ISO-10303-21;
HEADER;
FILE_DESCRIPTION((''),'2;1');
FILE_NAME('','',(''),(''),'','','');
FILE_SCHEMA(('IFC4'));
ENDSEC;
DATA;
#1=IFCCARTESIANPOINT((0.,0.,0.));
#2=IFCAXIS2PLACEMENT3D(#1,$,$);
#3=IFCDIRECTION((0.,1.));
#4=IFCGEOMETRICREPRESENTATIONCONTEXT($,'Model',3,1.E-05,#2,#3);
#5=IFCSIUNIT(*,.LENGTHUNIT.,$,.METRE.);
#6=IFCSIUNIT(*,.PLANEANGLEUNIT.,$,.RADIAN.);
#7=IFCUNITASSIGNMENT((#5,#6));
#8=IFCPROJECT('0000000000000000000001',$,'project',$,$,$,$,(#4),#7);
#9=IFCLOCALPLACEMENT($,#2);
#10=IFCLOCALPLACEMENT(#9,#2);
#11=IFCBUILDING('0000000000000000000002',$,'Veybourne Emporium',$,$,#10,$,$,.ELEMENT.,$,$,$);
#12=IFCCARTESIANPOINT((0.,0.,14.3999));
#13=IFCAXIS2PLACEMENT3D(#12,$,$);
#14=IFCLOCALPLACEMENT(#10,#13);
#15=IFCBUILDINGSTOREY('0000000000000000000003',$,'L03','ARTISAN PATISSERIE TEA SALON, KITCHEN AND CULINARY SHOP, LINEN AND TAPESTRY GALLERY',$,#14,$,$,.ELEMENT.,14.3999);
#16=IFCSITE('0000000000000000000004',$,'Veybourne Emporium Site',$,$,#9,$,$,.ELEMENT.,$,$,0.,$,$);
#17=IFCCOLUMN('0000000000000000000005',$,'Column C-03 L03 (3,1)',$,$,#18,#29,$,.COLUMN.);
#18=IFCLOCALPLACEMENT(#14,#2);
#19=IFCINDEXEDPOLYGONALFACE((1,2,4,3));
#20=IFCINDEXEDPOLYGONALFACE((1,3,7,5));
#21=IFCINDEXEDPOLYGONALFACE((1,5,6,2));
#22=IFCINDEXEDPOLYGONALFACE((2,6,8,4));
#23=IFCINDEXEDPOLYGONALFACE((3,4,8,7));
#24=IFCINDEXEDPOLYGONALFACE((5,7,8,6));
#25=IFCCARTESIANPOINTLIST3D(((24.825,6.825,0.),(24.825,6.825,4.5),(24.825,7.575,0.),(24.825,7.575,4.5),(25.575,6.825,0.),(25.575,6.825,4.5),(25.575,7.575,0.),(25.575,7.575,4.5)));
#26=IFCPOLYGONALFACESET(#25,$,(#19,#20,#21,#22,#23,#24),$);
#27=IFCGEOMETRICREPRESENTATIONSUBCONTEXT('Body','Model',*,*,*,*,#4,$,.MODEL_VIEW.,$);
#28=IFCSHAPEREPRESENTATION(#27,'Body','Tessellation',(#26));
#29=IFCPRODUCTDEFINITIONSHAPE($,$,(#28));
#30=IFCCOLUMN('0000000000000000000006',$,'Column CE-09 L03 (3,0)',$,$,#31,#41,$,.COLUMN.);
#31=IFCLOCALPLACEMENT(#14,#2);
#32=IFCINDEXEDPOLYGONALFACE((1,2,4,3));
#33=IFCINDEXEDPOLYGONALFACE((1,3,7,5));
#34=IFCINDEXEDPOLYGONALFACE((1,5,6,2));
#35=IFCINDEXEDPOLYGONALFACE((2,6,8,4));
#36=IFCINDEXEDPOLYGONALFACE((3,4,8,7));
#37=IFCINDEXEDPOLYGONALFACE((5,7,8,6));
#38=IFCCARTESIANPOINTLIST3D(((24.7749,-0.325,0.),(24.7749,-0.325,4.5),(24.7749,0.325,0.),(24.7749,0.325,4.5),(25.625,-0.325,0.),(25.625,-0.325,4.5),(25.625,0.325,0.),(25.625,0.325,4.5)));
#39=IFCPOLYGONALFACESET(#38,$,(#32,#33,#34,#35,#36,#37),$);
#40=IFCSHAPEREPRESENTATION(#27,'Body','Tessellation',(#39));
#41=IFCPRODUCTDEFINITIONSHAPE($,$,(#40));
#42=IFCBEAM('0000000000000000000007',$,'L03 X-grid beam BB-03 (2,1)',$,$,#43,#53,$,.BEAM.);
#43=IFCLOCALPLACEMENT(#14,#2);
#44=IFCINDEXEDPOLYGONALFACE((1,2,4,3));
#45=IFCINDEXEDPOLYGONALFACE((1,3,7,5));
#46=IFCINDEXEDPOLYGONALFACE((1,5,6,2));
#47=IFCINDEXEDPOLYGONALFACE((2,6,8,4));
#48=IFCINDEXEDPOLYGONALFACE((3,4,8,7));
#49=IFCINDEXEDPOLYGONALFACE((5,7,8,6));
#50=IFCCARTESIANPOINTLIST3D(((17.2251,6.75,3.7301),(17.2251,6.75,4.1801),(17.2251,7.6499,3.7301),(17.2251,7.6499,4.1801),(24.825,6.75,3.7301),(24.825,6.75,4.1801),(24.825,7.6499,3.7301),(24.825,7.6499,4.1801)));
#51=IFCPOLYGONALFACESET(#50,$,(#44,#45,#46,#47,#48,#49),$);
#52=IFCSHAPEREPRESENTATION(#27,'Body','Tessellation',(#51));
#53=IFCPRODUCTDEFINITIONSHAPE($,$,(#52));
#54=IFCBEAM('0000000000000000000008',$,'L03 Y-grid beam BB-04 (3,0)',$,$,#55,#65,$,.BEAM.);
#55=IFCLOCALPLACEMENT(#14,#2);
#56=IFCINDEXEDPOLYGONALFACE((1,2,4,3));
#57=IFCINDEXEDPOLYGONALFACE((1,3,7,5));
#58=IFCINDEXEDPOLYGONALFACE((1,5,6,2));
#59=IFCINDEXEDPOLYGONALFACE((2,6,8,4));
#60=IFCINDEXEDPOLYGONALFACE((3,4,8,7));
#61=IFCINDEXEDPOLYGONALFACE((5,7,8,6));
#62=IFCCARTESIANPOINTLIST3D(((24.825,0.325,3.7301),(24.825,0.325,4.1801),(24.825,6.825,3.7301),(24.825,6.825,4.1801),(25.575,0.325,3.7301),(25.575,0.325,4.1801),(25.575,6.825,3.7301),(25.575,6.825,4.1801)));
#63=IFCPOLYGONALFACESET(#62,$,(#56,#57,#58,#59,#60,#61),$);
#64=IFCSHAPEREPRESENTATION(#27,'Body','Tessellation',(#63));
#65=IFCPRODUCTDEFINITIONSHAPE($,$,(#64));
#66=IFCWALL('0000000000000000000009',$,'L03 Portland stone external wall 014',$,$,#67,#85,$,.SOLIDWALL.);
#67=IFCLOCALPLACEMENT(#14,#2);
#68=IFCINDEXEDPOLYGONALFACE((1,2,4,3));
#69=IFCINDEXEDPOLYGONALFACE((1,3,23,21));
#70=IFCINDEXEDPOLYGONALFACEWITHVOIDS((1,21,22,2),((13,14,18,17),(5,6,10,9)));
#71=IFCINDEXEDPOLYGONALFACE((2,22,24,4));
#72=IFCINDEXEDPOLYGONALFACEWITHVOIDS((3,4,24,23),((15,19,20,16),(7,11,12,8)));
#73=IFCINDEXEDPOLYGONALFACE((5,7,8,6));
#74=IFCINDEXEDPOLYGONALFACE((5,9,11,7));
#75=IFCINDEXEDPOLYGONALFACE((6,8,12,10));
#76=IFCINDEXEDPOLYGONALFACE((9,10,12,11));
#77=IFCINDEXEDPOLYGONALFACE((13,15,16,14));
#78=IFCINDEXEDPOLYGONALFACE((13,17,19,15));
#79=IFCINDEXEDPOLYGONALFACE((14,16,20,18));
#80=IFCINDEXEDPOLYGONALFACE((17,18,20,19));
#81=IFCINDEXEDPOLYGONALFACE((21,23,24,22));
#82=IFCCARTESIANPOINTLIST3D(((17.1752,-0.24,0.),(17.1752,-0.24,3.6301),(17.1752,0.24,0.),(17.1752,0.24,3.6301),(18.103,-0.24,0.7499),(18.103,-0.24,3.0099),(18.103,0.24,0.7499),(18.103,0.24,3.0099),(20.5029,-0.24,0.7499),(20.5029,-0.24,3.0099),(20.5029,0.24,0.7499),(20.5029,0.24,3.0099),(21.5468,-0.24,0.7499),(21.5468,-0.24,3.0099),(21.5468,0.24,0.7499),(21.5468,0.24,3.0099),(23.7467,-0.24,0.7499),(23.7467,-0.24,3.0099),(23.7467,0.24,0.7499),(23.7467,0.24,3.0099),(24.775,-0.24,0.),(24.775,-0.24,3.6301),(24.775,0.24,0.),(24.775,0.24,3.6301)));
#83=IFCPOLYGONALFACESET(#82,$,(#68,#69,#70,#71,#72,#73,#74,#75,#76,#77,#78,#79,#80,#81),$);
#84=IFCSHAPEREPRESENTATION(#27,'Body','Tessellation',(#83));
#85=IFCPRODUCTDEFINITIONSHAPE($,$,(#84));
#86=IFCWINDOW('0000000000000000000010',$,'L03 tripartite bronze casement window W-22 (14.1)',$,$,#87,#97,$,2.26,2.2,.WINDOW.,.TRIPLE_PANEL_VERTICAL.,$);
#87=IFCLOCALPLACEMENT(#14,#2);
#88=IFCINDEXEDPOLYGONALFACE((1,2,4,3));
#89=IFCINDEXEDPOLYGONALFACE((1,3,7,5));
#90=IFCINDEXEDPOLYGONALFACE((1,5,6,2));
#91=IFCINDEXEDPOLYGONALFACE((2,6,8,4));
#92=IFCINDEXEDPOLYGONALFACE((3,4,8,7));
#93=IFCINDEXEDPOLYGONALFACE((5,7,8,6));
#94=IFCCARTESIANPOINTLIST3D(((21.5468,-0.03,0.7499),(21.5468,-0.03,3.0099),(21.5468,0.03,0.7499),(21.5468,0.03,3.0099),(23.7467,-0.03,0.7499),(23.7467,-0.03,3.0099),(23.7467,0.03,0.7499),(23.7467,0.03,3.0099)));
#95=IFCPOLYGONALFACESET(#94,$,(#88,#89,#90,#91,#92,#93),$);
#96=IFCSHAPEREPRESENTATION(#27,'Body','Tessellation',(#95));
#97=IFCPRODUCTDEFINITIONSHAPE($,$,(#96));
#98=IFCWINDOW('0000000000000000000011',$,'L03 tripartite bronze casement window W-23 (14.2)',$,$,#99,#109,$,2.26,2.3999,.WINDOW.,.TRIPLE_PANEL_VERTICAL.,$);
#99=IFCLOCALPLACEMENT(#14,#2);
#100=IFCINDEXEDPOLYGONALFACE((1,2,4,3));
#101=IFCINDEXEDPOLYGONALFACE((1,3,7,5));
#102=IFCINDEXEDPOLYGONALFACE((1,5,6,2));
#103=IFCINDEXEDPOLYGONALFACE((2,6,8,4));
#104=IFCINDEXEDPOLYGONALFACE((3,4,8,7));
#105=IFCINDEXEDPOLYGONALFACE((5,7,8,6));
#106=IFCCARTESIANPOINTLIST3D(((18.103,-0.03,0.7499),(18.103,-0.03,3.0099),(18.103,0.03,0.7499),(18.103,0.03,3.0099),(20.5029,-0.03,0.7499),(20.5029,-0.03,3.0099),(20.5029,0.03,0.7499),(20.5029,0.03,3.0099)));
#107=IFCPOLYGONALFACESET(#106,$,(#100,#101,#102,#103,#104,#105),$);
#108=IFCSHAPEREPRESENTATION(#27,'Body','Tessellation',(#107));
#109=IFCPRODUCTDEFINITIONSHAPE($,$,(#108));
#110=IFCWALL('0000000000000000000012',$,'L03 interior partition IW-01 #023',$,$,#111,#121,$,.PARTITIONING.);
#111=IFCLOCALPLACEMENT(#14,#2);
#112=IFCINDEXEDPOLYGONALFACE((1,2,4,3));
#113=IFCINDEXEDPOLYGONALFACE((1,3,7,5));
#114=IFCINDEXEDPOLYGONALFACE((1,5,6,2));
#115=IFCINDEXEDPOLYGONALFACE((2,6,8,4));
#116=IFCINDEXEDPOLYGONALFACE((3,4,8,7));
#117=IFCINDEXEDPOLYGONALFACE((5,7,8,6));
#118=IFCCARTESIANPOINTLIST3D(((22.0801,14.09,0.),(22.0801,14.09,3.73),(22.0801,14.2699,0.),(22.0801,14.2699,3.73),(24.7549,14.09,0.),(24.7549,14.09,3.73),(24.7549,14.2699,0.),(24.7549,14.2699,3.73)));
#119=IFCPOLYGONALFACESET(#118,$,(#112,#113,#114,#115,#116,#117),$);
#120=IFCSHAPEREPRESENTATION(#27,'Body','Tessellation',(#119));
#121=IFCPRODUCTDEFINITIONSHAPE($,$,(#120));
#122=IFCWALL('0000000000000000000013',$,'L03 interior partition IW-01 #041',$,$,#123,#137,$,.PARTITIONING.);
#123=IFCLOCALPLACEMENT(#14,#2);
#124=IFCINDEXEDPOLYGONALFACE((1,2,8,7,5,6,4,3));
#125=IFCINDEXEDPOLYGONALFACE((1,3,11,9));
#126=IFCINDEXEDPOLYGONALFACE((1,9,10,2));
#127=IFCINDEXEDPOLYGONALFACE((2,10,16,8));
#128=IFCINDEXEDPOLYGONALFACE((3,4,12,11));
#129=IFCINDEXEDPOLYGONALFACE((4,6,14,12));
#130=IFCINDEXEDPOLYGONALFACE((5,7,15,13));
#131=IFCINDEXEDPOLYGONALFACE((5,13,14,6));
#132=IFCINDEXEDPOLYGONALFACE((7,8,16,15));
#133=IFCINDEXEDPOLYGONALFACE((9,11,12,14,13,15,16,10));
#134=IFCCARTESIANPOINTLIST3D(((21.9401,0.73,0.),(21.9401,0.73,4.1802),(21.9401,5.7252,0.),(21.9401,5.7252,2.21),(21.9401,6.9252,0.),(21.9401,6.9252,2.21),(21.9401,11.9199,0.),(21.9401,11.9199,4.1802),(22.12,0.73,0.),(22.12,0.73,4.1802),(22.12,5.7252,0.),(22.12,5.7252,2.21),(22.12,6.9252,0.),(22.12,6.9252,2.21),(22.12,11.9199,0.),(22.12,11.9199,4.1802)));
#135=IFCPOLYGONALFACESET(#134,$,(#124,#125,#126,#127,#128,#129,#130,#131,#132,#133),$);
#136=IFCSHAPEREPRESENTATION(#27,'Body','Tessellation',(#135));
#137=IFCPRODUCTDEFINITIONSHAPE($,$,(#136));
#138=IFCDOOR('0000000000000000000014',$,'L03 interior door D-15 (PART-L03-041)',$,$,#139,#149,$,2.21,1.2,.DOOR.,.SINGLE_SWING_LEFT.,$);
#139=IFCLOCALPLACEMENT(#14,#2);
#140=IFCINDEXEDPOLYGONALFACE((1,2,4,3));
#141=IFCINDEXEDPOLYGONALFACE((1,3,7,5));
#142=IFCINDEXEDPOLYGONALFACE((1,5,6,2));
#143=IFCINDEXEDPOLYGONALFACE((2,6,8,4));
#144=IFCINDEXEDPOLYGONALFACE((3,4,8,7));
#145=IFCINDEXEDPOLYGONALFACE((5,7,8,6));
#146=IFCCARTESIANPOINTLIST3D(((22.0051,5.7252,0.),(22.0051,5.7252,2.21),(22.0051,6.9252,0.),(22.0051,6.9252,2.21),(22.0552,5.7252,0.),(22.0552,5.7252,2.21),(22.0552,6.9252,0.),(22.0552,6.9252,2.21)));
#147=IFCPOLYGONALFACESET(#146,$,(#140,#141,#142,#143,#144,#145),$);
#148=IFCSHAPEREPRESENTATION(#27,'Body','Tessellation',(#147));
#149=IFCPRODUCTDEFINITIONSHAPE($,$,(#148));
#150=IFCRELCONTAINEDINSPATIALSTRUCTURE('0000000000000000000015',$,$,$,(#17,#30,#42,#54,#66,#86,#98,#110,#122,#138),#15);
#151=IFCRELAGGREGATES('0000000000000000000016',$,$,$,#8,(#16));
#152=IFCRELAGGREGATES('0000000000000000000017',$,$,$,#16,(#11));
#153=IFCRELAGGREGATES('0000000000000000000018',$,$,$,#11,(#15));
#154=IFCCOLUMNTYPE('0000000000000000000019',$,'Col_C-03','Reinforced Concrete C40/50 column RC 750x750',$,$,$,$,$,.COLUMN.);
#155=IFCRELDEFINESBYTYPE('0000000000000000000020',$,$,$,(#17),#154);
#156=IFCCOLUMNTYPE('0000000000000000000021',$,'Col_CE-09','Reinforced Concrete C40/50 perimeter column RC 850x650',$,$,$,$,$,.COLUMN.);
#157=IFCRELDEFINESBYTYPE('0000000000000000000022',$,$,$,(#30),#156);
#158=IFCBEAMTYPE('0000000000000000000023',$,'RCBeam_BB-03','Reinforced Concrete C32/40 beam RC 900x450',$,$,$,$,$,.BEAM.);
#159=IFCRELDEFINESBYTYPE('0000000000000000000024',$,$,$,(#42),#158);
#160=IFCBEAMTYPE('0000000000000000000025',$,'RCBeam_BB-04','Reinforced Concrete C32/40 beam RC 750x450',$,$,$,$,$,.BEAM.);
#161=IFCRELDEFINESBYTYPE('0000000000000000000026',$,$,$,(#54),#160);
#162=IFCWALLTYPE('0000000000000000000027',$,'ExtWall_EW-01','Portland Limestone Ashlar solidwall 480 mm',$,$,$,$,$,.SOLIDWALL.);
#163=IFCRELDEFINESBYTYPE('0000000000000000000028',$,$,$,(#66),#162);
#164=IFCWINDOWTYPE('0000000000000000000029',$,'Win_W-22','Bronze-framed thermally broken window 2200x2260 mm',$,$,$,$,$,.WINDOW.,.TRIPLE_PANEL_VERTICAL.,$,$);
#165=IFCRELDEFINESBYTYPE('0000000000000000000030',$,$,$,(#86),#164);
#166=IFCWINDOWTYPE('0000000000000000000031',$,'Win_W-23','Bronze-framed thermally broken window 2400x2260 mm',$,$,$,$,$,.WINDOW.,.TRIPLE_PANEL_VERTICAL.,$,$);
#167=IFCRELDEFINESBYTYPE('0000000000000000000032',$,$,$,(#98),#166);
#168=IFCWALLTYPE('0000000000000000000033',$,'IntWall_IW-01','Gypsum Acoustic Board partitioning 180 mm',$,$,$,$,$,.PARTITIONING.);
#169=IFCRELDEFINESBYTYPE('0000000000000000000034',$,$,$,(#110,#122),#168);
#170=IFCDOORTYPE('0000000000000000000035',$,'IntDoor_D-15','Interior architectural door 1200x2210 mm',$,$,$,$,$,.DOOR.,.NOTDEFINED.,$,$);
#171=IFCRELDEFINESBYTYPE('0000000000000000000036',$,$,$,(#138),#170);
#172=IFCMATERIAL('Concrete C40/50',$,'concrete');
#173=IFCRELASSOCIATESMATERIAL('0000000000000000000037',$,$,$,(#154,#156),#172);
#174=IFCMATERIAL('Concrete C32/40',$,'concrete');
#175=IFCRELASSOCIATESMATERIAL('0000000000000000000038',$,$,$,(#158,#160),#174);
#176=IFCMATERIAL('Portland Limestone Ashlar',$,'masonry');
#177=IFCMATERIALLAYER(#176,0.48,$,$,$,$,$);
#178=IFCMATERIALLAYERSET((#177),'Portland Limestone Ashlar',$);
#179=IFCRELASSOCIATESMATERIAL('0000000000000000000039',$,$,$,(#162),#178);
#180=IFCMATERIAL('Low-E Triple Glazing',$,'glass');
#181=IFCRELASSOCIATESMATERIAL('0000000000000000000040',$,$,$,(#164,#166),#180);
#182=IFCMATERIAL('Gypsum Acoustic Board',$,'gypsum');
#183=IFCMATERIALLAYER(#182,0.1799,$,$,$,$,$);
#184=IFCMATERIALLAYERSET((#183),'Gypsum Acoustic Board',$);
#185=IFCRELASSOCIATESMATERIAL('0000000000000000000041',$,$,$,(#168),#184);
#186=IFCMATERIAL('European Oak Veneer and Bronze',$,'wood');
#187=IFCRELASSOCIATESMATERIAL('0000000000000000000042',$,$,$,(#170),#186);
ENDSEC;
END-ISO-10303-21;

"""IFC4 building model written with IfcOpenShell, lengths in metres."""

from ifc_helpers import new_model, si_unit, direction, frame, frame_2d, origin, origin_2d, place, context, subcontext, project, spatial, rectangle, extrude, material, layer, layer_set, material_profile, profile_set, type_object, element, fill, save


model = new_model("IFC4")

# Units and contexts
model_context = context("Model", 3, precision=1e-05, world=origin(), true_north=direction((0.0, 1.0)))
body_context = subcontext(model_context, "Body", "Model", "MODEL_VIEW")
ifc_project = project(units=[si_unit("LENGTHUNIT", "METRE"), si_unit("PLANEANGLEUNIT", "RADIAN")], contexts=[model_context])

# Site, building, storey
site_placement = place(None, origin())
site = spatial("IfcSite", under=ifc_project, at=site_placement, Name="Veybourne Emporium Site", CompositionType="ELEMENT", RefElevation=0.0)
building_placement = place(site_placement, origin())
building = spatial("IfcBuilding", under=site, at=building_placement, Name="Veybourne Emporium", CompositionType="ELEMENT")
storey_placement = place(building_placement, frame((0.0, 0.0, 14.3999)))
storey = spatial("IfcBuildingStorey", under=building, at=storey_placement, Name="L03", Description="ARTISAN PATISSERIE TEA SALON, KITCHEN AND CULINARY SHOP, LINEN AND TAPESTRY GALLERY", CompositionType="ELEMENT", Elevation=14.3999)

# Columns
ifc_material_1 = material(Name="Concrete C40/50", Category="concrete")
ifc_material_profile_1 = material_profile(ifc_material_1, rectangle(XDim=0.75, YDim=0.75, at=origin_2d()), Name="RC 750x750")
ifc_profile_set_1 = profile_set([ifc_material_profile_1], Name="Concrete C40/50")
column_type_1 = type_object("IfcColumnType", Name="Col_C-03", Description="Reinforced Concrete C40/50 column RC 750x750", PredefinedType="COLUMN", material=ifc_profile_set_1)
column_1_placement = place(storey_placement, frame((25.2, 7.2, 0.0), z_axis=(0.0, 0.0, 1.0), x_axis=(1.0, 0.0, 0.0)))
element("IfcColumn", 1, at=column_1_placement, inside=storey, type_object=column_type_1, Name="Column C-03 L03 (3,1)", PredefinedType="COLUMN", context=body_context, shape_type="SweptSolid", body=[
    extrude(rectangle(XDim=0.75, YDim=0.75, at=origin_2d()), origin(), (0.0, 0.0, 1.0), 4.5),
])
ifc_material_profile_2 = material_profile(ifc_material_1, rectangle(XDim=0.8501, YDim=0.6499, at=origin_2d()), Name="RC 850x650")
ifc_profile_set_2 = profile_set([ifc_material_profile_2], Name="Concrete C40/50")
column_type_2 = type_object("IfcColumnType", Name="Col_CE-09", Description="Reinforced Concrete C40/50 perimeter column RC 850x650", PredefinedType="COLUMN", material=ifc_profile_set_2)
column_2_placement = place(storey_placement, frame((25.2, 0.0, 0.0), z_axis=(0.0, 0.0, 1.0), x_axis=(1.0, 0.0, 0.0)))
element("IfcColumn", 2, at=column_2_placement, inside=storey, type_object=column_type_2, Name="Column CE-09 L03 (3,0)", PredefinedType="COLUMN", context=body_context, shape_type="SweptSolid", body=[
    extrude(rectangle(XDim=0.8501, YDim=0.6499, at=origin_2d()), origin(), (0.0, 0.0, 1.0), 4.5),
])

# Beams
ifc_material_2 = material(Name="Concrete C32/40", Category="concrete")
ifc_material_profile_3 = material_profile(ifc_material_2, rectangle(XDim=0.8999, YDim=0.45, at=origin_2d()), Name="RC 900x450")
ifc_profile_set_3 = profile_set([ifc_material_profile_3], Name="Concrete C32/40")
beam_type_1 = type_object("IfcBeamType", Name="RCBeam_BB-03", Description="Reinforced Concrete C32/40 beam RC 900x450", PredefinedType="BEAM", material=ifc_profile_set_3)
beam_1_placement = place(storey_placement, frame((17.2251, 7.2, 3.9551), z_axis=(1.0, 0.0, 0.0), x_axis=(0.0, 1.0, 0.0)))
element("IfcBeam", 3, at=beam_1_placement, inside=storey, type_object=beam_type_1, Name="L03 X-grid beam BB-03 (2,1)", PredefinedType="BEAM", context=body_context, shape_type="SweptSolid", body=[
    extrude(rectangle(XDim=0.8999, YDim=0.45, at=origin_2d()), origin(), (0.0, 0.0, 1.0), 7.5999),
])
ifc_material_profile_4 = material_profile(ifc_material_2, rectangle(XDim=0.75, YDim=0.45, at=origin_2d()), Name="RC 750x450")
ifc_profile_set_4 = profile_set([ifc_material_profile_4], Name="Concrete C32/40")
beam_type_2 = type_object("IfcBeamType", Name="RCBeam_BB-04", Description="Reinforced Concrete C32/40 beam RC 750x450", PredefinedType="BEAM", material=ifc_profile_set_4)
beam_2_placement = place(storey_placement, frame((25.2, 0.325, 3.9551), z_axis=(0.0, 1.0, 0.0), x_axis=(-1.0, 0.0, 0.0)))
element("IfcBeam", 4, at=beam_2_placement, inside=storey, type_object=beam_type_2, Name="L03 Y-grid beam BB-04 (3,0)", PredefinedType="BEAM", context=body_context, shape_type="SweptSolid", body=[
    extrude(rectangle(XDim=0.75, YDim=0.45, at=origin_2d()), origin(), (0.0, 0.0, 1.0), 6.5),
])

# Wall, openings, windows
ifc_material_3 = material(Name="Portland Limestone Ashlar", Category="masonry")
ifc_layer_1 = layer(ifc_material_3, 0.48)
ifc_layer_set_1 = layer_set([ifc_layer_1], Name="Portland Limestone Ashlar")
wall_type_1 = type_object("IfcWallType", Name="ExtWall_EW-01", Description="Portland Limestone Ashlar solidwall 480 mm", PredefinedType="SOLIDWALL", material=ifc_layer_set_1)
wall_1_placement = place(storey_placement, frame((24.7749, 0.0, 0.0), z_axis=(0.0, 0.0, 1.0), x_axis=(-1.0, 0.0, 0.0)))
wall_1 = element("IfcWall", 5, at=wall_1_placement, inside=storey, type_object=wall_type_1, Name="L03 Portland stone external wall 014", PredefinedType="SOLIDWALL", context=body_context, shape_type="SweptSolid", body=[
    extrude(rectangle(XDim=7.5999, YDim=0.48, at=frame_2d((3.7998, 0.0))), origin(), (0.0, 0.0, 1.0), 3.6301),
])
opening_1_placement = place(wall_1_placement, frame((1.0281, 0.0, 0.75)))
opening_1 = element("IfcOpeningElement", 6, at=opening_1_placement, cuts=wall_1, PredefinedType="OPENING", context=body_context, shape_type="SweptSolid", body=[
    extrude(rectangle(XDim=2.2, YDim=2.26, at=frame_2d((1.1001, 1.1299))), frame((0.0, 0.26, 0.0), z_axis=(0.0, -1.0, 0.0), x_axis=(1.0, 0.0, 0.0)), (0.0, 0.0, 1.0), 0.52),
])
opening_2_placement = place(wall_1_placement, frame((4.272, 0.0, 0.75)))
opening_2 = element("IfcOpeningElement", 7, at=opening_2_placement, cuts=wall_1, PredefinedType="OPENING", context=body_context, shape_type="SweptSolid", body=[
    extrude(rectangle(XDim=2.3999, YDim=2.26, at=frame_2d((1.2, 1.1299))), frame((0.0, 0.26, 0.0), z_axis=(0.0, -1.0, 0.0), x_axis=(1.0, 0.0, 0.0)), (0.0, 0.0, 1.0), 0.52),
])
ifc_material_4 = material(Name="Low-E Triple Glazing", Category="glass")
window_type_1 = type_object("IfcWindowType", Name="Win_W-22", Description="Bronze-framed thermally broken window 2200x2260 mm", PartitioningType="TRIPLE_PANEL_VERTICAL", PredefinedType="WINDOW", material=ifc_material_4)
window_1_placement = place(opening_1_placement, origin())
window_1 = element("IfcWindow", 8, at=window_1_placement, inside=storey, type_object=window_type_1, Name="L03 tripartite bronze casement window W-22 (14.1)", OverallHeight=2.26, OverallWidth=2.2, PartitioningType="TRIPLE_PANEL_VERTICAL", PredefinedType="WINDOW", context=body_context, shape_type="SweptSolid", body=[
    extrude(rectangle(XDim=2.2, YDim=2.26, at=frame_2d((1.1001, 1.1299))), frame((0.0, 0.03, 0.0), z_axis=(0.0, -1.0, 0.0), x_axis=(1.0, 0.0, 0.0)), (0.0, 0.0, 1.0), 0.0601),
])
fill(opening_1, window_1)
window_type_2 = type_object("IfcWindowType", Name="Win_W-23", Description="Bronze-framed thermally broken window 2400x2260 mm", PartitioningType="TRIPLE_PANEL_VERTICAL", PredefinedType="WINDOW", material=ifc_material_4)
window_2_placement = place(opening_2_placement, origin())
window_2 = element("IfcWindow", 9, at=window_2_placement, inside=storey, type_object=window_type_2, Name="L03 tripartite bronze casement window W-23 (14.2)", OverallHeight=2.26, OverallWidth=2.3999, PartitioningType="TRIPLE_PANEL_VERTICAL", PredefinedType="WINDOW", context=body_context, shape_type="SweptSolid", body=[
    extrude(rectangle(XDim=2.3999, YDim=2.26, at=frame_2d((1.2, 1.1299))), frame((0.0, 0.03, 0.0), z_axis=(0.0, -1.0, 0.0), x_axis=(1.0, 0.0, 0.0)), (0.0, 0.0, 1.0), 0.0601),
])
fill(opening_2, window_2)

# Wall
ifc_material_5 = material(Name="Gypsum Acoustic Board", Category="gypsum")
ifc_layer_2 = layer(ifc_material_5, 0.1799)
ifc_layer_set_2 = layer_set([ifc_layer_2], Name="Gypsum Acoustic Board")
wall_type_2 = type_object("IfcWallType", Name="IntWall_IW-01", Description="Gypsum Acoustic Board partitioning 180 mm", PredefinedType="PARTITIONING", material=ifc_layer_set_2)
wall_2_placement = place(storey_placement, frame((22.0801, 14.1799, 0.0), z_axis=(0.0, 0.0, 1.0), x_axis=(1.0, 0.0, 0.0)))
element("IfcWall", 10, at=wall_2_placement, inside=storey, type_object=wall_type_2, Name="L03 interior partition IW-01 #023", PredefinedType="PARTITIONING", context=body_context, shape_type="SweptSolid", body=[
    extrude(rectangle(XDim=2.6748, YDim=0.1799, at=frame_2d((1.3374, 0.0))), origin(), (0.0, 0.0, 1.0), 3.73),
])

# Wall, opening, door
wall_3_placement = place(storey_placement, frame((22.03, 0.73, 0.0), z_axis=(0.0, 0.0, 1.0), x_axis=(0.0, 1.0, 0.0)))
wall_3 = element("IfcWall", 11, at=wall_3_placement, inside=storey, type_object=wall_type_2, Name="L03 interior partition IW-01 #041", PredefinedType="PARTITIONING", context=body_context, shape_type="SweptSolid", body=[
    extrude(rectangle(XDim=11.1899, YDim=0.1799, at=frame_2d((5.595, 0.0))), origin(), (0.0, 0.0, 1.0), 4.1802),
])
opening_3_placement = place(wall_3_placement, frame((4.9951, 0.0, 0.0)))
opening_3 = element("IfcOpeningElement", 12, at=opening_3_placement, cuts=wall_3, PredefinedType="OPENING", context=body_context, shape_type="SweptSolid", body=[
    extrude(rectangle(XDim=1.2, YDim=2.21, at=frame_2d((0.6001, 1.105))), frame((0.0, 0.1099, 0.0), z_axis=(0.0, -1.0, 0.0), x_axis=(1.0, 0.0, 0.0)), (0.0, 0.0, 1.0), 0.22),
])
ifc_material_6 = material(Name="European Oak Veneer and Bronze", Category="wood")
door_type_1 = type_object("IfcDoorType", Name="IntDoor_D-15", Description="Interior architectural door 1200x2210 mm", OperationType="NOTDEFINED", PredefinedType="DOOR", material=ifc_material_6)
door_1_placement = place(opening_3_placement, origin())
door_1 = element("IfcDoor", 13, at=door_1_placement, inside=storey, type_object=door_type_1, Name="L03 interior door D-15 (PART-L03-041)", OperationType="SINGLE_SWING_LEFT", OverallHeight=2.21, OverallWidth=1.2, PredefinedType="DOOR", context=body_context, shape_type="SweptSolid", body=[
    extrude(rectangle(XDim=1.2, YDim=2.21, at=frame_2d((0.6001, 1.105))), frame((0.0, 0.0249, 0.0), z_axis=(0.0, -1.0, 0.0), x_axis=(1.0, 0.0, 0.0)), (0.0, 0.0, 1.0), 0.05),
])
fill(opening_3, door_1)

save(model, "model.ifc")
